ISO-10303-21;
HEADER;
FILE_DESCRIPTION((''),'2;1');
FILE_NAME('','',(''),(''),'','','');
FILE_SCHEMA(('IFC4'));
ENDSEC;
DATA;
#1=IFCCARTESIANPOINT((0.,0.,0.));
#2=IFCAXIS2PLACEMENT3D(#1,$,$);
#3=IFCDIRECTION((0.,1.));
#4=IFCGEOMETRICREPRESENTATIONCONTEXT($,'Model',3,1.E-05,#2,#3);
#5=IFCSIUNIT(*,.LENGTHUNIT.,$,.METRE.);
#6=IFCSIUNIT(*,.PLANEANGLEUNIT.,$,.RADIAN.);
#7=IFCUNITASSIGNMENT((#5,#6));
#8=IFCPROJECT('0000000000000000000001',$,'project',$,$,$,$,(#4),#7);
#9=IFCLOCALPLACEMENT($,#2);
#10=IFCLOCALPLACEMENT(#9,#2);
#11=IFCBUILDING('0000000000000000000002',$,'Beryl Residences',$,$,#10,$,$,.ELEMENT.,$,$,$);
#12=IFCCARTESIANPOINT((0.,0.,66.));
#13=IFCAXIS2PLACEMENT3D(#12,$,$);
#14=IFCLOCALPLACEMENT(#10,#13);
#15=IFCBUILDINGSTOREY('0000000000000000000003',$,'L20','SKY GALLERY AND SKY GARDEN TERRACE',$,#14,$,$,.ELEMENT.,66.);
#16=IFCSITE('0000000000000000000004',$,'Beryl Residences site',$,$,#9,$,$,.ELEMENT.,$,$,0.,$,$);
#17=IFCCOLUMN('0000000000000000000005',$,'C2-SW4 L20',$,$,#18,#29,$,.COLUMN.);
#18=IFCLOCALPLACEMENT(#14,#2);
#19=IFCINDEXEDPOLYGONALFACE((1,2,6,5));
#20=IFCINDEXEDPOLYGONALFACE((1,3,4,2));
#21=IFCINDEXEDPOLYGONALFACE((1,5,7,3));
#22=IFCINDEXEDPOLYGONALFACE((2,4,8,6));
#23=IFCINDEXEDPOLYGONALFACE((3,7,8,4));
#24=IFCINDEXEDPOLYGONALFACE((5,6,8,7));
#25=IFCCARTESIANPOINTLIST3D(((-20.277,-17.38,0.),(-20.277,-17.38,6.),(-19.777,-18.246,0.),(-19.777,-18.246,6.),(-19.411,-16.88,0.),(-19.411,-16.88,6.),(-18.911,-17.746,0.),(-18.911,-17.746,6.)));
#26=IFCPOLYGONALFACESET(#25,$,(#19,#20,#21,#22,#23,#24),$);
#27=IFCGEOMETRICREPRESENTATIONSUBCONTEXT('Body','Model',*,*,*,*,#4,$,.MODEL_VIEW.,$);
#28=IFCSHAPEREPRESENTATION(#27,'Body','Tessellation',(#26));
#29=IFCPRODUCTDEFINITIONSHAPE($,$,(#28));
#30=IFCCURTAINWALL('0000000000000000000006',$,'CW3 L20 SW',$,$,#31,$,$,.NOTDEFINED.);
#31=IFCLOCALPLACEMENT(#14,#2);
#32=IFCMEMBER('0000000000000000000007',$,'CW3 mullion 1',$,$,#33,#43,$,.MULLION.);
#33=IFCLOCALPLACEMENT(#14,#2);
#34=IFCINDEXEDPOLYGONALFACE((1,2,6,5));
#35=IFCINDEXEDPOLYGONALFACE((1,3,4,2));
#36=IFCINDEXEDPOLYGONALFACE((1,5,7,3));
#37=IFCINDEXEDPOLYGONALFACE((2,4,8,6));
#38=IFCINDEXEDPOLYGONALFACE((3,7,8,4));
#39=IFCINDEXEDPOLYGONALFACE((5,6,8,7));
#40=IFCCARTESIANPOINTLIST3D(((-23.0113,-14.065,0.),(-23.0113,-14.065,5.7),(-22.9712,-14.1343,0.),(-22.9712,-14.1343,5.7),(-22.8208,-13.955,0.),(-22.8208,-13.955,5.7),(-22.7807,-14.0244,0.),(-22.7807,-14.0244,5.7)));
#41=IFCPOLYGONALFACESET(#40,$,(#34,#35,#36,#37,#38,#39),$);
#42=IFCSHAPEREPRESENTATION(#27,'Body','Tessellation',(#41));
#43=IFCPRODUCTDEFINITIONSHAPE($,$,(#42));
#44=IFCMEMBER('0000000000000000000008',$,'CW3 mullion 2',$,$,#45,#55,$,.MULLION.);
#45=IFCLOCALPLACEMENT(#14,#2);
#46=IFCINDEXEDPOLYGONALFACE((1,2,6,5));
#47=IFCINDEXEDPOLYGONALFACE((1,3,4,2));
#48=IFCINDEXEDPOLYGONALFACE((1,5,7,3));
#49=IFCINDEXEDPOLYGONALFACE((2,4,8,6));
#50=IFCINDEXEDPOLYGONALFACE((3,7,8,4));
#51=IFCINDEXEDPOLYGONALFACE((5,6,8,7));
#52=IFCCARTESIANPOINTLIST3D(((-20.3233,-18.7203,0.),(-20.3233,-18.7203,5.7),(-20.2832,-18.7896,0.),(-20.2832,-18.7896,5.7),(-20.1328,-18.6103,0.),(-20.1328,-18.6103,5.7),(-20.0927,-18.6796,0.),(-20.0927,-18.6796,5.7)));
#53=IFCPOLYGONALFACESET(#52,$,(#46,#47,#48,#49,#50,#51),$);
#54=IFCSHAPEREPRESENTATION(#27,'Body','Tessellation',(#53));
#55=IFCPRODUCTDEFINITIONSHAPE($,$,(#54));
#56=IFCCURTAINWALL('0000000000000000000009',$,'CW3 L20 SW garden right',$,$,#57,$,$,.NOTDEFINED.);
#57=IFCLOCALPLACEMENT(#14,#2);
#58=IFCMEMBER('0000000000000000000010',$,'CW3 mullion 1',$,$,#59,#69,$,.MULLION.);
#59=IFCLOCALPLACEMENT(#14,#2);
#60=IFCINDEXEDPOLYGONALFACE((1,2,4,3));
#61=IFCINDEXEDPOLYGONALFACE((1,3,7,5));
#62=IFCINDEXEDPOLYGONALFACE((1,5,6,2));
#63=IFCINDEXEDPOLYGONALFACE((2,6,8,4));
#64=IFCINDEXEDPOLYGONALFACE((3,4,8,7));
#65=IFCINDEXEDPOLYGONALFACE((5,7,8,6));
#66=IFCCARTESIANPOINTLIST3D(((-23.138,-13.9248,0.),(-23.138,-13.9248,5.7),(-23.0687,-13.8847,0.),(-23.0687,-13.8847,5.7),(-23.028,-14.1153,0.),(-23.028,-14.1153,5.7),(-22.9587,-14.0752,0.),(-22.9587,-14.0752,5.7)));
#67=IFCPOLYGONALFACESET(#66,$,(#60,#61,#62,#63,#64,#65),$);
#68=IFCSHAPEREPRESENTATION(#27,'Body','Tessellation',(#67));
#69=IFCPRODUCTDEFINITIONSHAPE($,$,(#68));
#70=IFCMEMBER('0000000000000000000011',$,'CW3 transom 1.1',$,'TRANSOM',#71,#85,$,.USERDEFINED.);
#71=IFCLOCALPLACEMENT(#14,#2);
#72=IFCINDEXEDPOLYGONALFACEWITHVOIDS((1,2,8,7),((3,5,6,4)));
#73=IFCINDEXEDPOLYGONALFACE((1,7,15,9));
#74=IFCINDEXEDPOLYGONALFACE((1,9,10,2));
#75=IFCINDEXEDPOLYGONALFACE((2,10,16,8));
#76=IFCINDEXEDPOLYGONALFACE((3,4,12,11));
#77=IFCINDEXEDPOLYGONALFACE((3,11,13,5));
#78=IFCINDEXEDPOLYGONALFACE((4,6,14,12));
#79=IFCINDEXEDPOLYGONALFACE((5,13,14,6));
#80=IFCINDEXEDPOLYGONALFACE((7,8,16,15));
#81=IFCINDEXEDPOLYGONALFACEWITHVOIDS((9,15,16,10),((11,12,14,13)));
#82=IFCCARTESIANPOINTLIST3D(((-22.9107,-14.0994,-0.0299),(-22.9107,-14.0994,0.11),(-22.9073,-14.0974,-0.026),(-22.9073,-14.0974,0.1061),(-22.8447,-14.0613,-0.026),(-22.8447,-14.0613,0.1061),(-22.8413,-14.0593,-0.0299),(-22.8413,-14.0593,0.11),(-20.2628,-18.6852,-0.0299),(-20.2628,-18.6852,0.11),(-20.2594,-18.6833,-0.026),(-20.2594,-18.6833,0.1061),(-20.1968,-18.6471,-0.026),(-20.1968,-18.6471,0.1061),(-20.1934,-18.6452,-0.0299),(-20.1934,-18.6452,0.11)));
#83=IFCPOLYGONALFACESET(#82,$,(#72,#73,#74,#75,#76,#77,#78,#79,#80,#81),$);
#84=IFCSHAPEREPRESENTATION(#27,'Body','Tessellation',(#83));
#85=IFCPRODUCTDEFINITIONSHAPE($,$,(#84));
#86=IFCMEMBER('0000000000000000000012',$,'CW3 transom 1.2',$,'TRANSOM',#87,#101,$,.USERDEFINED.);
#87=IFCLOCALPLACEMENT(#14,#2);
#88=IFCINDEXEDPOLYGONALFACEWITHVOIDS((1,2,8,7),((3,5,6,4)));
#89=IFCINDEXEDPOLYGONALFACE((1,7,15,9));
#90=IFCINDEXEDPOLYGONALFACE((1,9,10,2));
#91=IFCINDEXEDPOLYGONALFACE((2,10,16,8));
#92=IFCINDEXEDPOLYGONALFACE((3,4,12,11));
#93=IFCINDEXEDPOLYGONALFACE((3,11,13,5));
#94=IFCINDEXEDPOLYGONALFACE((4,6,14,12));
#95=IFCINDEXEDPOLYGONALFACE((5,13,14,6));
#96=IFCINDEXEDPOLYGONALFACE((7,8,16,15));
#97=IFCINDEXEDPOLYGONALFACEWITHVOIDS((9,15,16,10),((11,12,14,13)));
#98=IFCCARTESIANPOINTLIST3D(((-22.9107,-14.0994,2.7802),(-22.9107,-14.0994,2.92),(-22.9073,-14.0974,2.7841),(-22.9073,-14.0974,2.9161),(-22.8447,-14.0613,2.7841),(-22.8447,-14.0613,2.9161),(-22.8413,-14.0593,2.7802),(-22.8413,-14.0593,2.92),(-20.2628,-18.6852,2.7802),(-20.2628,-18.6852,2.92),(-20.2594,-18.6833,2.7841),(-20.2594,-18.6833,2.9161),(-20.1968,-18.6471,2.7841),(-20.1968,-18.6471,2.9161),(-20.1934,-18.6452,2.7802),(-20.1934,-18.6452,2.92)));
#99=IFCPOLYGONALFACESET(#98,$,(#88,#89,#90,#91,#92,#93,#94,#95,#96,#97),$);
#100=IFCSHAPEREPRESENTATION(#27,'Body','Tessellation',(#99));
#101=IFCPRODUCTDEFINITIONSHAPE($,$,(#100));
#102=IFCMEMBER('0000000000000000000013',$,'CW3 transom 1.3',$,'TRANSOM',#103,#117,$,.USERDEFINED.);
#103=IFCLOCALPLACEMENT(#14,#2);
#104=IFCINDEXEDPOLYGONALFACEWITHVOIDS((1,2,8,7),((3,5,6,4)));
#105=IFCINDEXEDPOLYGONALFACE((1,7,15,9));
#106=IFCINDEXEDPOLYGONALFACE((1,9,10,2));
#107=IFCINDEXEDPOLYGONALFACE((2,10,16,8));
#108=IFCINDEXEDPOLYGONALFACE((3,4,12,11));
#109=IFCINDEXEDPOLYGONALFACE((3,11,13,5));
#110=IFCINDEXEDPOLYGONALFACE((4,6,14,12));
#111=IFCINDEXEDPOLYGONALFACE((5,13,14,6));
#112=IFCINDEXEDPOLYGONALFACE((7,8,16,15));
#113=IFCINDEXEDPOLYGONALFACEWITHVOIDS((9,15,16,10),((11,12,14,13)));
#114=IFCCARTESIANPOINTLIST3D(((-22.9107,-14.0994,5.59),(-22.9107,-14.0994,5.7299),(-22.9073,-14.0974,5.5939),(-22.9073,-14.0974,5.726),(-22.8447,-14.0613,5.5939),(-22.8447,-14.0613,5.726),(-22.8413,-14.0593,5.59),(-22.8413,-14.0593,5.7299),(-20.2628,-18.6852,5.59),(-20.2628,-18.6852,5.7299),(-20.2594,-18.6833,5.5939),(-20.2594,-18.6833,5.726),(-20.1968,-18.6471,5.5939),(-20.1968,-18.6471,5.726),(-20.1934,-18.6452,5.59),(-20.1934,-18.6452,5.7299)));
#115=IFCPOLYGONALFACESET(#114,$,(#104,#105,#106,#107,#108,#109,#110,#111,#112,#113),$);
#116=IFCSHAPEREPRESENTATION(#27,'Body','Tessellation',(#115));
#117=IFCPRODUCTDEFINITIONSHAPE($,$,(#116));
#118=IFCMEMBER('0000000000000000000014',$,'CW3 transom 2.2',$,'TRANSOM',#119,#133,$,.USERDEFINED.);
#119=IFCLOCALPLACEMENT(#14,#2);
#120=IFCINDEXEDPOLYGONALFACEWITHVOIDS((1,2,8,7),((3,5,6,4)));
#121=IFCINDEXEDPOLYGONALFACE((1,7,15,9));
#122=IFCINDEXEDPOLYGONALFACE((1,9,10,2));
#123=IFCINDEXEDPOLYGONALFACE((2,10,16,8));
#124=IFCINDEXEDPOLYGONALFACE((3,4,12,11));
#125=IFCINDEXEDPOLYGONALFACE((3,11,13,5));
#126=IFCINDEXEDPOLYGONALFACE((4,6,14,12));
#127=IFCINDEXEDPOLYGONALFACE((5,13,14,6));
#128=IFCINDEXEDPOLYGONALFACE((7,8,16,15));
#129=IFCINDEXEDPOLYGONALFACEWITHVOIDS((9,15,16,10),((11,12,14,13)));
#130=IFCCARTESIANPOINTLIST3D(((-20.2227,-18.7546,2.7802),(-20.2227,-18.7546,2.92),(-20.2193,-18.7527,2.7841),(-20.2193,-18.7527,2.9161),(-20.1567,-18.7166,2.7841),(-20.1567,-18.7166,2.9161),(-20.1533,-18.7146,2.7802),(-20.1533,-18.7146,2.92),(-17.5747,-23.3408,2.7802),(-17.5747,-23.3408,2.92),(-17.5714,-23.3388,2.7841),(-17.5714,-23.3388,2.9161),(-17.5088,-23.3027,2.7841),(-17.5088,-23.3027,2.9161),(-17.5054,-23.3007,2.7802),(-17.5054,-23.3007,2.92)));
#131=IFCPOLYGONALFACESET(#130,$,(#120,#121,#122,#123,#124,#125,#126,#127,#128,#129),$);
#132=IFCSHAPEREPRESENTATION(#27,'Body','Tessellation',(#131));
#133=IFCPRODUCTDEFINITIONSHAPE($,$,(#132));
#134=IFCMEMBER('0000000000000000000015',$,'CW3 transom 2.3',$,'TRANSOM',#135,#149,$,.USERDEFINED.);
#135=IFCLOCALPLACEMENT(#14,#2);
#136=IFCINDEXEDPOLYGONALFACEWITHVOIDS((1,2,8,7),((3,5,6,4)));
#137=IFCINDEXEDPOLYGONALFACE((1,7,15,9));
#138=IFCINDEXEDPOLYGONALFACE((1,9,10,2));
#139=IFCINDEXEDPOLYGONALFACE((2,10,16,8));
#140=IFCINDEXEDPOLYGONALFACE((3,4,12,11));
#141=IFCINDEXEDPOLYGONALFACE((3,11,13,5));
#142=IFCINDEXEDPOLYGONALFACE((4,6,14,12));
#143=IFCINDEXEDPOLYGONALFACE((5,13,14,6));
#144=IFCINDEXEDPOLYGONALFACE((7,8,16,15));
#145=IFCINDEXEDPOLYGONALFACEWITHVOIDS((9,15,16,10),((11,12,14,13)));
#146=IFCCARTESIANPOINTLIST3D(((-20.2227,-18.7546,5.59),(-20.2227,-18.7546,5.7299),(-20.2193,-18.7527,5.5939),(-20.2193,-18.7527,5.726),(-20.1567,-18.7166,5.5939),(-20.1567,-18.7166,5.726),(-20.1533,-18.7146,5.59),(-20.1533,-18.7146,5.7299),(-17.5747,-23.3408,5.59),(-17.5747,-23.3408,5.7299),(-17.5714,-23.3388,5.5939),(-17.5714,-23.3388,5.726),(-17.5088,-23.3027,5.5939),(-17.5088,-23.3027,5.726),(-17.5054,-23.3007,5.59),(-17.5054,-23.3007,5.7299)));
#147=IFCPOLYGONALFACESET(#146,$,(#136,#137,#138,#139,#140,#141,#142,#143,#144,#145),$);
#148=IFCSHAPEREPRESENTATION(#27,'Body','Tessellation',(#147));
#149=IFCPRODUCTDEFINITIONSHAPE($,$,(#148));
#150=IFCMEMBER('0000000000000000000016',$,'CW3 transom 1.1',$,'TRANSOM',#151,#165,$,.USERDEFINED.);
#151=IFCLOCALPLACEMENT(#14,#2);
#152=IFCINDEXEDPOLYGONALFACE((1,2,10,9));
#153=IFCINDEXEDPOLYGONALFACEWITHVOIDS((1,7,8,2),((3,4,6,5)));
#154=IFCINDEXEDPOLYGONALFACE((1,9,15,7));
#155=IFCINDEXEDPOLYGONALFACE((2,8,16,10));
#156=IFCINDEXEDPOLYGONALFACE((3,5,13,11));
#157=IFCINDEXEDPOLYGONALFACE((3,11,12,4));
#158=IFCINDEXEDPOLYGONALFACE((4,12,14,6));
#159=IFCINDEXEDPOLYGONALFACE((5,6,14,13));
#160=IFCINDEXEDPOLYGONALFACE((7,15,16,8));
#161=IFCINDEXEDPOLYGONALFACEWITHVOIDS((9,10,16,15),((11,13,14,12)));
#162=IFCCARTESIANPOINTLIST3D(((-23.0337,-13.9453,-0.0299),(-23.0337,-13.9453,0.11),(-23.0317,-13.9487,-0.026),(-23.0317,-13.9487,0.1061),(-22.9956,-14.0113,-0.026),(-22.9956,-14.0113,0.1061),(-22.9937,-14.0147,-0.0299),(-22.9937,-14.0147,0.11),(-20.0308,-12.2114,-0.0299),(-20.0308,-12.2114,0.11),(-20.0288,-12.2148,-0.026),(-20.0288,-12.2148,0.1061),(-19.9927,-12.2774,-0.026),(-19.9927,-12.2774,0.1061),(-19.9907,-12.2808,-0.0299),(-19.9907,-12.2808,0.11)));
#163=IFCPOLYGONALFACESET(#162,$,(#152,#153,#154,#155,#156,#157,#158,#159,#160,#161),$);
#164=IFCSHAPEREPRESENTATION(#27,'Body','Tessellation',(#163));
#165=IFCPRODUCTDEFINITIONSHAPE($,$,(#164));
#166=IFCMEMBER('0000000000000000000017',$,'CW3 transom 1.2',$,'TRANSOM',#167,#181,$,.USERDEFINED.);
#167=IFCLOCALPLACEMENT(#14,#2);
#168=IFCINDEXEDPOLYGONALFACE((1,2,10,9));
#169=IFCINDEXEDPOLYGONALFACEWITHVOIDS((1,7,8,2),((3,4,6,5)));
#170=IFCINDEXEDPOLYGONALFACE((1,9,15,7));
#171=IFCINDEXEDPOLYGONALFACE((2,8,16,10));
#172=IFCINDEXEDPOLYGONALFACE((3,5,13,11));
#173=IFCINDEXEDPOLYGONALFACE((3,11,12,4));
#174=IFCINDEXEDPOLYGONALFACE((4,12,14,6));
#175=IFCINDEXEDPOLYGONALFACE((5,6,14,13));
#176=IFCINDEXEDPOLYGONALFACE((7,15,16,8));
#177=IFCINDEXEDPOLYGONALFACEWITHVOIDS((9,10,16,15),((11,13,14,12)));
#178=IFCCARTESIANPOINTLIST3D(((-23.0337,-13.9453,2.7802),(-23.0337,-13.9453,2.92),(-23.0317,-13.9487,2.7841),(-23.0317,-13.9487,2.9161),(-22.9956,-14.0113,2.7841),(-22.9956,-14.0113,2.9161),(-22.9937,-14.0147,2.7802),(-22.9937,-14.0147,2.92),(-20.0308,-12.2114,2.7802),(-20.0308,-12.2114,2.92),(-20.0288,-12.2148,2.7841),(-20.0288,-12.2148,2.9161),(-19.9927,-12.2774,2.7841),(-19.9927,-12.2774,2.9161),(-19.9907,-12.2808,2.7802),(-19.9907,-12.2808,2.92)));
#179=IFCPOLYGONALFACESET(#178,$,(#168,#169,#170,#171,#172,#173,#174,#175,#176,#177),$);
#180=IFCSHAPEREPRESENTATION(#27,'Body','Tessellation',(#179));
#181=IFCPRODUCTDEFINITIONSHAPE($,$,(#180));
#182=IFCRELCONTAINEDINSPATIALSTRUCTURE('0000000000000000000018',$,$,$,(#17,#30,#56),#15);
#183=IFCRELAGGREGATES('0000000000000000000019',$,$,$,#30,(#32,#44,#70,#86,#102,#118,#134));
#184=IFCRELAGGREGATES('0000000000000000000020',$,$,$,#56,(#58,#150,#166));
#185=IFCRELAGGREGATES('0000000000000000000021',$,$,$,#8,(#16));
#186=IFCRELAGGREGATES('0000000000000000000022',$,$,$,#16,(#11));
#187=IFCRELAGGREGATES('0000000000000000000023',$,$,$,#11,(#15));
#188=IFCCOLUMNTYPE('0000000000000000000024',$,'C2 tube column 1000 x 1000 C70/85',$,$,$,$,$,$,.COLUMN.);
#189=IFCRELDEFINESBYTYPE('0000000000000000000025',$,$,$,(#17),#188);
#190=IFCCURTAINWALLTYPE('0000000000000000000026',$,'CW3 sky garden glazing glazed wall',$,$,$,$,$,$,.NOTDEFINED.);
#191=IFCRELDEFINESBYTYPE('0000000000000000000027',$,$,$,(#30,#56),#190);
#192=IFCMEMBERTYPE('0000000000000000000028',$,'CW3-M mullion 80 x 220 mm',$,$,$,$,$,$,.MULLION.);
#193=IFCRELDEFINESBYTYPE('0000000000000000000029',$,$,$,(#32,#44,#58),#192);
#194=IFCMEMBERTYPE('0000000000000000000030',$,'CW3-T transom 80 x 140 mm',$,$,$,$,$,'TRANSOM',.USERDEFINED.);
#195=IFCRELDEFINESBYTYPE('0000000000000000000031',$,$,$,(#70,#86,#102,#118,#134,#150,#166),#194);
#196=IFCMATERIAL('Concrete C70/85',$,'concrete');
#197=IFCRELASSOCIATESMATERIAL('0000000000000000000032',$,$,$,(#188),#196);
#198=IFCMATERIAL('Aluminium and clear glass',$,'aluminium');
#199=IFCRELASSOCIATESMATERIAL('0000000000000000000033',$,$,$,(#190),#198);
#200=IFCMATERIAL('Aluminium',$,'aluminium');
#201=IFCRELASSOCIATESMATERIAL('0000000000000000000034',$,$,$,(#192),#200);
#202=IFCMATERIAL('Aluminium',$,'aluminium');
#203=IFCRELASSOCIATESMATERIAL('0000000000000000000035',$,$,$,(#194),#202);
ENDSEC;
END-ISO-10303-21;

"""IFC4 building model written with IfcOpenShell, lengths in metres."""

from ifc_helpers import new_model, si_unit, direction, frame, origin, origin_2d, place, context, subcontext, project, spatial, rectangle, hollow_rectangle, extrude, material, material_profile, profile_set, type_object, element, aggregate, save


model = new_model("IFC4")

# Units and contexts
model_context = context("Model", 3, precision=1e-05, world=origin(), true_north=direction((0.0, 1.0)))
body_context = subcontext(model_context, "Body", "Model", "MODEL_VIEW")
ifc_project = project(units=[si_unit("LENGTHUNIT", "METRE"), si_unit("PLANEANGLEUNIT", "RADIAN")], contexts=[model_context])

# Site, building, storey
site_placement = place(None, origin())
site = spatial("IfcSite", under=ifc_project, at=site_placement, Name="Beryl Residences site", CompositionType="ELEMENT", RefElevation=0.0)
building_placement = place(site_placement, origin())
building = spatial("IfcBuilding", under=site, at=building_placement, Name="Beryl Residences", CompositionType="ELEMENT")
storey_placement = place(building_placement, frame((0.0, 0.0, 66.0)))
storey = spatial("IfcBuildingStorey", under=building, at=storey_placement, Name="L20", Description="SKY GALLERY AND SKY GARDEN TERRACE", CompositionType="ELEMENT", Elevation=66.0)

# Column
ifc_material_1 = material(Name="Concrete C70/85", Category="concrete")
ifc_material_profile_1 = material_profile(ifc_material_1, rectangle(XDim=1.0, YDim=1.0, at=origin_2d()))
ifc_profile_set_1 = profile_set([ifc_material_profile_1], Name="Concrete C70/85")
column_type = type_object("IfcColumnType", Name="C2 tube column 1000 x 1000 C70/85", PredefinedType="COLUMN", material=ifc_profile_set_1)
column_placement = place(storey_placement, frame((-19.594, -17.563, 0.0), z_axis=(0.0, 0.0, 1.0), x_axis=(0.5, -0.866025, 0.0)))
element("IfcColumn", 1, at=column_placement, inside=storey, type_object=column_type, Name="C2-SW4 L20", PredefinedType="COLUMN", context=body_context, shape_type="SweptSolid", body=[
    extrude(rectangle(XDim=1.0, YDim=1.0, at=origin_2d()), origin(), (0.0, 0.0, 1.0), 6.0),
])

# Curtain wall, members
ifc_material_2 = material(Name="Aluminium and clear glass", Category="aluminium")
curtain_wall_type = type_object("IfcCurtainWallType", Name="CW3 sky garden glazing glazed wall", PredefinedType="NOTDEFINED", material=ifc_material_2)
curtain_wall_1_placement = place(storey_placement, origin())
curtain_wall_1 = element("IfcCurtainWall", 2, at=curtain_wall_1_placement, inside=storey, type_object=curtain_wall_type, Name="CW3 L20 SW", PredefinedType="NOTDEFINED")
ifc_material_3 = material(Name="Aluminium", Category="aluminium")
ifc_material_profile_2 = material_profile(ifc_material_3, rectangle(XDim=0.0801, YDim=0.22, at=origin_2d()))
ifc_profile_set_2 = profile_set([ifc_material_profile_2], Name="Aluminium")
member_type_1 = type_object("IfcMemberType", Name="CW3-M mullion 80 x 220 mm", PredefinedType="MULLION", material=ifc_profile_set_2)
member_1_placement = place(storey_placement, frame((-22.896, -14.0447, 0.0), z_axis=(0.0, 0.0, 1.0), x_axis=(0.500031, -0.866007, 0.0)))
member_1 = element("IfcMember", 3, at=member_1_placement, type_object=member_type_1, Name="CW3 mullion 1", PredefinedType="MULLION", context=body_context, shape_type="SweptSolid", body=[
    extrude(rectangle(XDim=0.0801, YDim=0.22, at=origin_2d()), origin(), (0.0, 0.0, 1.0), 5.7),
])
member_2_placement = place(storey_placement, frame((-20.208, -18.7, 0.0), z_axis=(0.0, 0.0, 1.0), x_axis=(0.500031, -0.866007, 0.0)))
member_2 = element("IfcMember", 4, at=member_2_placement, type_object=member_type_1, Name="CW3 mullion 2", PredefinedType="MULLION", context=body_context, shape_type="SweptSolid", body=[
    extrude(rectangle(XDim=0.0801, YDim=0.22, at=origin_2d()), origin(), (0.0, 0.0, 1.0), 5.7),
])

# Curtain wall, member
curtain_wall_2_placement = place(storey_placement, origin())
curtain_wall_2 = element("IfcCurtainWall", 5, at=curtain_wall_2_placement, inside=storey, type_object=curtain_wall_type, Name="CW3 L20 SW garden right", PredefinedType="NOTDEFINED")
member_3_placement = place(storey_placement, frame((-23.0483, -14.0, 0.0), z_axis=(0.0, 0.0, 1.0), x_axis=(0.866005, 0.500036, 0.0)))
member_3 = element("IfcMember", 6, at=member_3_placement, type_object=member_type_1, Name="CW3 mullion 1", PredefinedType="MULLION", context=body_context, shape_type="SweptSolid", body=[
    extrude(rectangle(XDim=0.0801, YDim=0.22, at=origin_2d()), origin(), (0.0, 0.0, 1.0), 5.7),
])

# Members
ifc_material_4 = material(Name="Aluminium", Category="aluminium")
ifc_material_profile_3 = material_profile(ifc_material_4, hollow_rectangle(XDim=0.0801, YDim=0.1399, WallThickness=0.0039, at=origin_2d()))
ifc_profile_set_3 = profile_set([ifc_material_profile_3], Name="Aluminium")
member_type_2 = type_object("IfcMemberType", Name="CW3-T transom 80 x 140 mm", ElementType="TRANSOM", PredefinedType="USERDEFINED", material=ifc_profile_set_3)
member_4_placement = place(storey_placement, frame((-22.876, -14.0793, 0.04), z_axis=(0.500036, -0.866004, 0.0), x_axis=(0.866004, 0.500036, 0.0)))
member_4 = element("IfcMember", 7, at=member_4_placement, type_object=member_type_2, Name="CW3 transom 1.1", ObjectType="TRANSOM", PredefinedType="USERDEFINED", context=body_context, shape_type="SweptSolid", body=[
    extrude(hollow_rectangle(XDim=0.0801, YDim=0.1399, WallThickness=0.0039, at=origin_2d()), origin(), (0.0, 0.0, 1.0), 5.2954),
])
member_5_placement = place(storey_placement, frame((-22.876, -14.0793, 2.8501), z_axis=(0.500036, -0.866004, 0.0), x_axis=(0.866004, 0.500036, 0.0)))
member_5 = element("IfcMember", 8, at=member_5_placement, type_object=member_type_2, Name="CW3 transom 1.2", ObjectType="TRANSOM", PredefinedType="USERDEFINED", context=body_context, shape_type="SweptSolid", body=[
    extrude(hollow_rectangle(XDim=0.0801, YDim=0.1399, WallThickness=0.0039, at=origin_2d()), origin(), (0.0, 0.0, 1.0), 5.2954),
])
member_6_placement = place(storey_placement, frame((-22.876, -14.0793, 5.6599), z_axis=(0.500036, -0.866004, 0.0), x_axis=(0.866004, 0.500036, 0.0)))
member_6 = element("IfcMember", 9, at=member_6_placement, type_object=member_type_2, Name="CW3 transom 1.3", ObjectType="TRANSOM", PredefinedType="USERDEFINED", context=body_context, shape_type="SweptSolid", body=[
    extrude(hollow_rectangle(XDim=0.0801, YDim=0.1399, WallThickness=0.0039, at=origin_2d()), origin(), (0.0, 0.0, 1.0), 5.2954),
])
member_7_placement = place(storey_placement, frame((-20.188, -18.7346, 2.8501), z_axis=(0.500016, -0.866016, 0.0), x_axis=(0.866016, 0.500016, 0.0)))
member_7 = element("IfcMember", 10, at=member_7_placement, type_object=member_type_2, Name="CW3 transom 2.2", ObjectType="TRANSOM", PredefinedType="USERDEFINED", context=body_context, shape_type="SweptSolid", body=[
    extrude(hollow_rectangle(XDim=0.0801, YDim=0.1399, WallThickness=0.0039, at=origin_2d()), origin(), (0.0, 0.0, 1.0), 5.2957),
])
member_8_placement = place(storey_placement, frame((-20.188, -18.7346, 5.6599), z_axis=(0.500016, -0.866016, 0.0), x_axis=(0.866016, 0.500016, 0.0)))
member_8 = element("IfcMember", 11, at=member_8_placement, type_object=member_type_2, Name="CW3 transom 2.3", ObjectType="TRANSOM", PredefinedType="USERDEFINED", context=body_context, shape_type="SweptSolid", body=[
    extrude(hollow_rectangle(XDim=0.0801, YDim=0.1399, WallThickness=0.0039, at=origin_2d()), origin(), (0.0, 0.0, 1.0), 5.2957),
])
member_9_placement = place(storey_placement, frame((-23.0137, -13.98, 0.04), z_axis=(0.866007, 0.500031, 0.0), x_axis=(-0.500031, 0.866007, 0.0)))
member_9 = element("IfcMember", 12, at=member_9_placement, type_object=member_type_2, Name="CW3 transom 1.1", ObjectType="TRANSOM", PredefinedType="USERDEFINED", context=body_context, shape_type="SweptSolid", body=[
    extrude(hollow_rectangle(XDim=0.0801, YDim=0.1399, WallThickness=0.0039, at=origin_2d()), origin(), (0.0, 0.0, 1.0), 3.4675),
])
member_10_placement = place(storey_placement, frame((-23.0137, -13.98, 2.8501), z_axis=(0.866007, 0.500031, 0.0), x_axis=(-0.500031, 0.866007, 0.0)))
member_10 = element("IfcMember", 13, at=member_10_placement, type_object=member_type_2, Name="CW3 transom 1.2", ObjectType="TRANSOM", PredefinedType="USERDEFINED", context=body_context, shape_type="SweptSolid", body=[
    extrude(hollow_rectangle(XDim=0.0801, YDim=0.1399, WallThickness=0.0039, at=origin_2d()), origin(), (0.0, 0.0, 1.0), 3.4675),
])

aggregate(curtain_wall_1, [member_1, member_2, member_4, member_5, member_6, member_7, member_8])
aggregate(curtain_wall_2, [member_3, member_9, member_10])

save(model, "model.ifc")
